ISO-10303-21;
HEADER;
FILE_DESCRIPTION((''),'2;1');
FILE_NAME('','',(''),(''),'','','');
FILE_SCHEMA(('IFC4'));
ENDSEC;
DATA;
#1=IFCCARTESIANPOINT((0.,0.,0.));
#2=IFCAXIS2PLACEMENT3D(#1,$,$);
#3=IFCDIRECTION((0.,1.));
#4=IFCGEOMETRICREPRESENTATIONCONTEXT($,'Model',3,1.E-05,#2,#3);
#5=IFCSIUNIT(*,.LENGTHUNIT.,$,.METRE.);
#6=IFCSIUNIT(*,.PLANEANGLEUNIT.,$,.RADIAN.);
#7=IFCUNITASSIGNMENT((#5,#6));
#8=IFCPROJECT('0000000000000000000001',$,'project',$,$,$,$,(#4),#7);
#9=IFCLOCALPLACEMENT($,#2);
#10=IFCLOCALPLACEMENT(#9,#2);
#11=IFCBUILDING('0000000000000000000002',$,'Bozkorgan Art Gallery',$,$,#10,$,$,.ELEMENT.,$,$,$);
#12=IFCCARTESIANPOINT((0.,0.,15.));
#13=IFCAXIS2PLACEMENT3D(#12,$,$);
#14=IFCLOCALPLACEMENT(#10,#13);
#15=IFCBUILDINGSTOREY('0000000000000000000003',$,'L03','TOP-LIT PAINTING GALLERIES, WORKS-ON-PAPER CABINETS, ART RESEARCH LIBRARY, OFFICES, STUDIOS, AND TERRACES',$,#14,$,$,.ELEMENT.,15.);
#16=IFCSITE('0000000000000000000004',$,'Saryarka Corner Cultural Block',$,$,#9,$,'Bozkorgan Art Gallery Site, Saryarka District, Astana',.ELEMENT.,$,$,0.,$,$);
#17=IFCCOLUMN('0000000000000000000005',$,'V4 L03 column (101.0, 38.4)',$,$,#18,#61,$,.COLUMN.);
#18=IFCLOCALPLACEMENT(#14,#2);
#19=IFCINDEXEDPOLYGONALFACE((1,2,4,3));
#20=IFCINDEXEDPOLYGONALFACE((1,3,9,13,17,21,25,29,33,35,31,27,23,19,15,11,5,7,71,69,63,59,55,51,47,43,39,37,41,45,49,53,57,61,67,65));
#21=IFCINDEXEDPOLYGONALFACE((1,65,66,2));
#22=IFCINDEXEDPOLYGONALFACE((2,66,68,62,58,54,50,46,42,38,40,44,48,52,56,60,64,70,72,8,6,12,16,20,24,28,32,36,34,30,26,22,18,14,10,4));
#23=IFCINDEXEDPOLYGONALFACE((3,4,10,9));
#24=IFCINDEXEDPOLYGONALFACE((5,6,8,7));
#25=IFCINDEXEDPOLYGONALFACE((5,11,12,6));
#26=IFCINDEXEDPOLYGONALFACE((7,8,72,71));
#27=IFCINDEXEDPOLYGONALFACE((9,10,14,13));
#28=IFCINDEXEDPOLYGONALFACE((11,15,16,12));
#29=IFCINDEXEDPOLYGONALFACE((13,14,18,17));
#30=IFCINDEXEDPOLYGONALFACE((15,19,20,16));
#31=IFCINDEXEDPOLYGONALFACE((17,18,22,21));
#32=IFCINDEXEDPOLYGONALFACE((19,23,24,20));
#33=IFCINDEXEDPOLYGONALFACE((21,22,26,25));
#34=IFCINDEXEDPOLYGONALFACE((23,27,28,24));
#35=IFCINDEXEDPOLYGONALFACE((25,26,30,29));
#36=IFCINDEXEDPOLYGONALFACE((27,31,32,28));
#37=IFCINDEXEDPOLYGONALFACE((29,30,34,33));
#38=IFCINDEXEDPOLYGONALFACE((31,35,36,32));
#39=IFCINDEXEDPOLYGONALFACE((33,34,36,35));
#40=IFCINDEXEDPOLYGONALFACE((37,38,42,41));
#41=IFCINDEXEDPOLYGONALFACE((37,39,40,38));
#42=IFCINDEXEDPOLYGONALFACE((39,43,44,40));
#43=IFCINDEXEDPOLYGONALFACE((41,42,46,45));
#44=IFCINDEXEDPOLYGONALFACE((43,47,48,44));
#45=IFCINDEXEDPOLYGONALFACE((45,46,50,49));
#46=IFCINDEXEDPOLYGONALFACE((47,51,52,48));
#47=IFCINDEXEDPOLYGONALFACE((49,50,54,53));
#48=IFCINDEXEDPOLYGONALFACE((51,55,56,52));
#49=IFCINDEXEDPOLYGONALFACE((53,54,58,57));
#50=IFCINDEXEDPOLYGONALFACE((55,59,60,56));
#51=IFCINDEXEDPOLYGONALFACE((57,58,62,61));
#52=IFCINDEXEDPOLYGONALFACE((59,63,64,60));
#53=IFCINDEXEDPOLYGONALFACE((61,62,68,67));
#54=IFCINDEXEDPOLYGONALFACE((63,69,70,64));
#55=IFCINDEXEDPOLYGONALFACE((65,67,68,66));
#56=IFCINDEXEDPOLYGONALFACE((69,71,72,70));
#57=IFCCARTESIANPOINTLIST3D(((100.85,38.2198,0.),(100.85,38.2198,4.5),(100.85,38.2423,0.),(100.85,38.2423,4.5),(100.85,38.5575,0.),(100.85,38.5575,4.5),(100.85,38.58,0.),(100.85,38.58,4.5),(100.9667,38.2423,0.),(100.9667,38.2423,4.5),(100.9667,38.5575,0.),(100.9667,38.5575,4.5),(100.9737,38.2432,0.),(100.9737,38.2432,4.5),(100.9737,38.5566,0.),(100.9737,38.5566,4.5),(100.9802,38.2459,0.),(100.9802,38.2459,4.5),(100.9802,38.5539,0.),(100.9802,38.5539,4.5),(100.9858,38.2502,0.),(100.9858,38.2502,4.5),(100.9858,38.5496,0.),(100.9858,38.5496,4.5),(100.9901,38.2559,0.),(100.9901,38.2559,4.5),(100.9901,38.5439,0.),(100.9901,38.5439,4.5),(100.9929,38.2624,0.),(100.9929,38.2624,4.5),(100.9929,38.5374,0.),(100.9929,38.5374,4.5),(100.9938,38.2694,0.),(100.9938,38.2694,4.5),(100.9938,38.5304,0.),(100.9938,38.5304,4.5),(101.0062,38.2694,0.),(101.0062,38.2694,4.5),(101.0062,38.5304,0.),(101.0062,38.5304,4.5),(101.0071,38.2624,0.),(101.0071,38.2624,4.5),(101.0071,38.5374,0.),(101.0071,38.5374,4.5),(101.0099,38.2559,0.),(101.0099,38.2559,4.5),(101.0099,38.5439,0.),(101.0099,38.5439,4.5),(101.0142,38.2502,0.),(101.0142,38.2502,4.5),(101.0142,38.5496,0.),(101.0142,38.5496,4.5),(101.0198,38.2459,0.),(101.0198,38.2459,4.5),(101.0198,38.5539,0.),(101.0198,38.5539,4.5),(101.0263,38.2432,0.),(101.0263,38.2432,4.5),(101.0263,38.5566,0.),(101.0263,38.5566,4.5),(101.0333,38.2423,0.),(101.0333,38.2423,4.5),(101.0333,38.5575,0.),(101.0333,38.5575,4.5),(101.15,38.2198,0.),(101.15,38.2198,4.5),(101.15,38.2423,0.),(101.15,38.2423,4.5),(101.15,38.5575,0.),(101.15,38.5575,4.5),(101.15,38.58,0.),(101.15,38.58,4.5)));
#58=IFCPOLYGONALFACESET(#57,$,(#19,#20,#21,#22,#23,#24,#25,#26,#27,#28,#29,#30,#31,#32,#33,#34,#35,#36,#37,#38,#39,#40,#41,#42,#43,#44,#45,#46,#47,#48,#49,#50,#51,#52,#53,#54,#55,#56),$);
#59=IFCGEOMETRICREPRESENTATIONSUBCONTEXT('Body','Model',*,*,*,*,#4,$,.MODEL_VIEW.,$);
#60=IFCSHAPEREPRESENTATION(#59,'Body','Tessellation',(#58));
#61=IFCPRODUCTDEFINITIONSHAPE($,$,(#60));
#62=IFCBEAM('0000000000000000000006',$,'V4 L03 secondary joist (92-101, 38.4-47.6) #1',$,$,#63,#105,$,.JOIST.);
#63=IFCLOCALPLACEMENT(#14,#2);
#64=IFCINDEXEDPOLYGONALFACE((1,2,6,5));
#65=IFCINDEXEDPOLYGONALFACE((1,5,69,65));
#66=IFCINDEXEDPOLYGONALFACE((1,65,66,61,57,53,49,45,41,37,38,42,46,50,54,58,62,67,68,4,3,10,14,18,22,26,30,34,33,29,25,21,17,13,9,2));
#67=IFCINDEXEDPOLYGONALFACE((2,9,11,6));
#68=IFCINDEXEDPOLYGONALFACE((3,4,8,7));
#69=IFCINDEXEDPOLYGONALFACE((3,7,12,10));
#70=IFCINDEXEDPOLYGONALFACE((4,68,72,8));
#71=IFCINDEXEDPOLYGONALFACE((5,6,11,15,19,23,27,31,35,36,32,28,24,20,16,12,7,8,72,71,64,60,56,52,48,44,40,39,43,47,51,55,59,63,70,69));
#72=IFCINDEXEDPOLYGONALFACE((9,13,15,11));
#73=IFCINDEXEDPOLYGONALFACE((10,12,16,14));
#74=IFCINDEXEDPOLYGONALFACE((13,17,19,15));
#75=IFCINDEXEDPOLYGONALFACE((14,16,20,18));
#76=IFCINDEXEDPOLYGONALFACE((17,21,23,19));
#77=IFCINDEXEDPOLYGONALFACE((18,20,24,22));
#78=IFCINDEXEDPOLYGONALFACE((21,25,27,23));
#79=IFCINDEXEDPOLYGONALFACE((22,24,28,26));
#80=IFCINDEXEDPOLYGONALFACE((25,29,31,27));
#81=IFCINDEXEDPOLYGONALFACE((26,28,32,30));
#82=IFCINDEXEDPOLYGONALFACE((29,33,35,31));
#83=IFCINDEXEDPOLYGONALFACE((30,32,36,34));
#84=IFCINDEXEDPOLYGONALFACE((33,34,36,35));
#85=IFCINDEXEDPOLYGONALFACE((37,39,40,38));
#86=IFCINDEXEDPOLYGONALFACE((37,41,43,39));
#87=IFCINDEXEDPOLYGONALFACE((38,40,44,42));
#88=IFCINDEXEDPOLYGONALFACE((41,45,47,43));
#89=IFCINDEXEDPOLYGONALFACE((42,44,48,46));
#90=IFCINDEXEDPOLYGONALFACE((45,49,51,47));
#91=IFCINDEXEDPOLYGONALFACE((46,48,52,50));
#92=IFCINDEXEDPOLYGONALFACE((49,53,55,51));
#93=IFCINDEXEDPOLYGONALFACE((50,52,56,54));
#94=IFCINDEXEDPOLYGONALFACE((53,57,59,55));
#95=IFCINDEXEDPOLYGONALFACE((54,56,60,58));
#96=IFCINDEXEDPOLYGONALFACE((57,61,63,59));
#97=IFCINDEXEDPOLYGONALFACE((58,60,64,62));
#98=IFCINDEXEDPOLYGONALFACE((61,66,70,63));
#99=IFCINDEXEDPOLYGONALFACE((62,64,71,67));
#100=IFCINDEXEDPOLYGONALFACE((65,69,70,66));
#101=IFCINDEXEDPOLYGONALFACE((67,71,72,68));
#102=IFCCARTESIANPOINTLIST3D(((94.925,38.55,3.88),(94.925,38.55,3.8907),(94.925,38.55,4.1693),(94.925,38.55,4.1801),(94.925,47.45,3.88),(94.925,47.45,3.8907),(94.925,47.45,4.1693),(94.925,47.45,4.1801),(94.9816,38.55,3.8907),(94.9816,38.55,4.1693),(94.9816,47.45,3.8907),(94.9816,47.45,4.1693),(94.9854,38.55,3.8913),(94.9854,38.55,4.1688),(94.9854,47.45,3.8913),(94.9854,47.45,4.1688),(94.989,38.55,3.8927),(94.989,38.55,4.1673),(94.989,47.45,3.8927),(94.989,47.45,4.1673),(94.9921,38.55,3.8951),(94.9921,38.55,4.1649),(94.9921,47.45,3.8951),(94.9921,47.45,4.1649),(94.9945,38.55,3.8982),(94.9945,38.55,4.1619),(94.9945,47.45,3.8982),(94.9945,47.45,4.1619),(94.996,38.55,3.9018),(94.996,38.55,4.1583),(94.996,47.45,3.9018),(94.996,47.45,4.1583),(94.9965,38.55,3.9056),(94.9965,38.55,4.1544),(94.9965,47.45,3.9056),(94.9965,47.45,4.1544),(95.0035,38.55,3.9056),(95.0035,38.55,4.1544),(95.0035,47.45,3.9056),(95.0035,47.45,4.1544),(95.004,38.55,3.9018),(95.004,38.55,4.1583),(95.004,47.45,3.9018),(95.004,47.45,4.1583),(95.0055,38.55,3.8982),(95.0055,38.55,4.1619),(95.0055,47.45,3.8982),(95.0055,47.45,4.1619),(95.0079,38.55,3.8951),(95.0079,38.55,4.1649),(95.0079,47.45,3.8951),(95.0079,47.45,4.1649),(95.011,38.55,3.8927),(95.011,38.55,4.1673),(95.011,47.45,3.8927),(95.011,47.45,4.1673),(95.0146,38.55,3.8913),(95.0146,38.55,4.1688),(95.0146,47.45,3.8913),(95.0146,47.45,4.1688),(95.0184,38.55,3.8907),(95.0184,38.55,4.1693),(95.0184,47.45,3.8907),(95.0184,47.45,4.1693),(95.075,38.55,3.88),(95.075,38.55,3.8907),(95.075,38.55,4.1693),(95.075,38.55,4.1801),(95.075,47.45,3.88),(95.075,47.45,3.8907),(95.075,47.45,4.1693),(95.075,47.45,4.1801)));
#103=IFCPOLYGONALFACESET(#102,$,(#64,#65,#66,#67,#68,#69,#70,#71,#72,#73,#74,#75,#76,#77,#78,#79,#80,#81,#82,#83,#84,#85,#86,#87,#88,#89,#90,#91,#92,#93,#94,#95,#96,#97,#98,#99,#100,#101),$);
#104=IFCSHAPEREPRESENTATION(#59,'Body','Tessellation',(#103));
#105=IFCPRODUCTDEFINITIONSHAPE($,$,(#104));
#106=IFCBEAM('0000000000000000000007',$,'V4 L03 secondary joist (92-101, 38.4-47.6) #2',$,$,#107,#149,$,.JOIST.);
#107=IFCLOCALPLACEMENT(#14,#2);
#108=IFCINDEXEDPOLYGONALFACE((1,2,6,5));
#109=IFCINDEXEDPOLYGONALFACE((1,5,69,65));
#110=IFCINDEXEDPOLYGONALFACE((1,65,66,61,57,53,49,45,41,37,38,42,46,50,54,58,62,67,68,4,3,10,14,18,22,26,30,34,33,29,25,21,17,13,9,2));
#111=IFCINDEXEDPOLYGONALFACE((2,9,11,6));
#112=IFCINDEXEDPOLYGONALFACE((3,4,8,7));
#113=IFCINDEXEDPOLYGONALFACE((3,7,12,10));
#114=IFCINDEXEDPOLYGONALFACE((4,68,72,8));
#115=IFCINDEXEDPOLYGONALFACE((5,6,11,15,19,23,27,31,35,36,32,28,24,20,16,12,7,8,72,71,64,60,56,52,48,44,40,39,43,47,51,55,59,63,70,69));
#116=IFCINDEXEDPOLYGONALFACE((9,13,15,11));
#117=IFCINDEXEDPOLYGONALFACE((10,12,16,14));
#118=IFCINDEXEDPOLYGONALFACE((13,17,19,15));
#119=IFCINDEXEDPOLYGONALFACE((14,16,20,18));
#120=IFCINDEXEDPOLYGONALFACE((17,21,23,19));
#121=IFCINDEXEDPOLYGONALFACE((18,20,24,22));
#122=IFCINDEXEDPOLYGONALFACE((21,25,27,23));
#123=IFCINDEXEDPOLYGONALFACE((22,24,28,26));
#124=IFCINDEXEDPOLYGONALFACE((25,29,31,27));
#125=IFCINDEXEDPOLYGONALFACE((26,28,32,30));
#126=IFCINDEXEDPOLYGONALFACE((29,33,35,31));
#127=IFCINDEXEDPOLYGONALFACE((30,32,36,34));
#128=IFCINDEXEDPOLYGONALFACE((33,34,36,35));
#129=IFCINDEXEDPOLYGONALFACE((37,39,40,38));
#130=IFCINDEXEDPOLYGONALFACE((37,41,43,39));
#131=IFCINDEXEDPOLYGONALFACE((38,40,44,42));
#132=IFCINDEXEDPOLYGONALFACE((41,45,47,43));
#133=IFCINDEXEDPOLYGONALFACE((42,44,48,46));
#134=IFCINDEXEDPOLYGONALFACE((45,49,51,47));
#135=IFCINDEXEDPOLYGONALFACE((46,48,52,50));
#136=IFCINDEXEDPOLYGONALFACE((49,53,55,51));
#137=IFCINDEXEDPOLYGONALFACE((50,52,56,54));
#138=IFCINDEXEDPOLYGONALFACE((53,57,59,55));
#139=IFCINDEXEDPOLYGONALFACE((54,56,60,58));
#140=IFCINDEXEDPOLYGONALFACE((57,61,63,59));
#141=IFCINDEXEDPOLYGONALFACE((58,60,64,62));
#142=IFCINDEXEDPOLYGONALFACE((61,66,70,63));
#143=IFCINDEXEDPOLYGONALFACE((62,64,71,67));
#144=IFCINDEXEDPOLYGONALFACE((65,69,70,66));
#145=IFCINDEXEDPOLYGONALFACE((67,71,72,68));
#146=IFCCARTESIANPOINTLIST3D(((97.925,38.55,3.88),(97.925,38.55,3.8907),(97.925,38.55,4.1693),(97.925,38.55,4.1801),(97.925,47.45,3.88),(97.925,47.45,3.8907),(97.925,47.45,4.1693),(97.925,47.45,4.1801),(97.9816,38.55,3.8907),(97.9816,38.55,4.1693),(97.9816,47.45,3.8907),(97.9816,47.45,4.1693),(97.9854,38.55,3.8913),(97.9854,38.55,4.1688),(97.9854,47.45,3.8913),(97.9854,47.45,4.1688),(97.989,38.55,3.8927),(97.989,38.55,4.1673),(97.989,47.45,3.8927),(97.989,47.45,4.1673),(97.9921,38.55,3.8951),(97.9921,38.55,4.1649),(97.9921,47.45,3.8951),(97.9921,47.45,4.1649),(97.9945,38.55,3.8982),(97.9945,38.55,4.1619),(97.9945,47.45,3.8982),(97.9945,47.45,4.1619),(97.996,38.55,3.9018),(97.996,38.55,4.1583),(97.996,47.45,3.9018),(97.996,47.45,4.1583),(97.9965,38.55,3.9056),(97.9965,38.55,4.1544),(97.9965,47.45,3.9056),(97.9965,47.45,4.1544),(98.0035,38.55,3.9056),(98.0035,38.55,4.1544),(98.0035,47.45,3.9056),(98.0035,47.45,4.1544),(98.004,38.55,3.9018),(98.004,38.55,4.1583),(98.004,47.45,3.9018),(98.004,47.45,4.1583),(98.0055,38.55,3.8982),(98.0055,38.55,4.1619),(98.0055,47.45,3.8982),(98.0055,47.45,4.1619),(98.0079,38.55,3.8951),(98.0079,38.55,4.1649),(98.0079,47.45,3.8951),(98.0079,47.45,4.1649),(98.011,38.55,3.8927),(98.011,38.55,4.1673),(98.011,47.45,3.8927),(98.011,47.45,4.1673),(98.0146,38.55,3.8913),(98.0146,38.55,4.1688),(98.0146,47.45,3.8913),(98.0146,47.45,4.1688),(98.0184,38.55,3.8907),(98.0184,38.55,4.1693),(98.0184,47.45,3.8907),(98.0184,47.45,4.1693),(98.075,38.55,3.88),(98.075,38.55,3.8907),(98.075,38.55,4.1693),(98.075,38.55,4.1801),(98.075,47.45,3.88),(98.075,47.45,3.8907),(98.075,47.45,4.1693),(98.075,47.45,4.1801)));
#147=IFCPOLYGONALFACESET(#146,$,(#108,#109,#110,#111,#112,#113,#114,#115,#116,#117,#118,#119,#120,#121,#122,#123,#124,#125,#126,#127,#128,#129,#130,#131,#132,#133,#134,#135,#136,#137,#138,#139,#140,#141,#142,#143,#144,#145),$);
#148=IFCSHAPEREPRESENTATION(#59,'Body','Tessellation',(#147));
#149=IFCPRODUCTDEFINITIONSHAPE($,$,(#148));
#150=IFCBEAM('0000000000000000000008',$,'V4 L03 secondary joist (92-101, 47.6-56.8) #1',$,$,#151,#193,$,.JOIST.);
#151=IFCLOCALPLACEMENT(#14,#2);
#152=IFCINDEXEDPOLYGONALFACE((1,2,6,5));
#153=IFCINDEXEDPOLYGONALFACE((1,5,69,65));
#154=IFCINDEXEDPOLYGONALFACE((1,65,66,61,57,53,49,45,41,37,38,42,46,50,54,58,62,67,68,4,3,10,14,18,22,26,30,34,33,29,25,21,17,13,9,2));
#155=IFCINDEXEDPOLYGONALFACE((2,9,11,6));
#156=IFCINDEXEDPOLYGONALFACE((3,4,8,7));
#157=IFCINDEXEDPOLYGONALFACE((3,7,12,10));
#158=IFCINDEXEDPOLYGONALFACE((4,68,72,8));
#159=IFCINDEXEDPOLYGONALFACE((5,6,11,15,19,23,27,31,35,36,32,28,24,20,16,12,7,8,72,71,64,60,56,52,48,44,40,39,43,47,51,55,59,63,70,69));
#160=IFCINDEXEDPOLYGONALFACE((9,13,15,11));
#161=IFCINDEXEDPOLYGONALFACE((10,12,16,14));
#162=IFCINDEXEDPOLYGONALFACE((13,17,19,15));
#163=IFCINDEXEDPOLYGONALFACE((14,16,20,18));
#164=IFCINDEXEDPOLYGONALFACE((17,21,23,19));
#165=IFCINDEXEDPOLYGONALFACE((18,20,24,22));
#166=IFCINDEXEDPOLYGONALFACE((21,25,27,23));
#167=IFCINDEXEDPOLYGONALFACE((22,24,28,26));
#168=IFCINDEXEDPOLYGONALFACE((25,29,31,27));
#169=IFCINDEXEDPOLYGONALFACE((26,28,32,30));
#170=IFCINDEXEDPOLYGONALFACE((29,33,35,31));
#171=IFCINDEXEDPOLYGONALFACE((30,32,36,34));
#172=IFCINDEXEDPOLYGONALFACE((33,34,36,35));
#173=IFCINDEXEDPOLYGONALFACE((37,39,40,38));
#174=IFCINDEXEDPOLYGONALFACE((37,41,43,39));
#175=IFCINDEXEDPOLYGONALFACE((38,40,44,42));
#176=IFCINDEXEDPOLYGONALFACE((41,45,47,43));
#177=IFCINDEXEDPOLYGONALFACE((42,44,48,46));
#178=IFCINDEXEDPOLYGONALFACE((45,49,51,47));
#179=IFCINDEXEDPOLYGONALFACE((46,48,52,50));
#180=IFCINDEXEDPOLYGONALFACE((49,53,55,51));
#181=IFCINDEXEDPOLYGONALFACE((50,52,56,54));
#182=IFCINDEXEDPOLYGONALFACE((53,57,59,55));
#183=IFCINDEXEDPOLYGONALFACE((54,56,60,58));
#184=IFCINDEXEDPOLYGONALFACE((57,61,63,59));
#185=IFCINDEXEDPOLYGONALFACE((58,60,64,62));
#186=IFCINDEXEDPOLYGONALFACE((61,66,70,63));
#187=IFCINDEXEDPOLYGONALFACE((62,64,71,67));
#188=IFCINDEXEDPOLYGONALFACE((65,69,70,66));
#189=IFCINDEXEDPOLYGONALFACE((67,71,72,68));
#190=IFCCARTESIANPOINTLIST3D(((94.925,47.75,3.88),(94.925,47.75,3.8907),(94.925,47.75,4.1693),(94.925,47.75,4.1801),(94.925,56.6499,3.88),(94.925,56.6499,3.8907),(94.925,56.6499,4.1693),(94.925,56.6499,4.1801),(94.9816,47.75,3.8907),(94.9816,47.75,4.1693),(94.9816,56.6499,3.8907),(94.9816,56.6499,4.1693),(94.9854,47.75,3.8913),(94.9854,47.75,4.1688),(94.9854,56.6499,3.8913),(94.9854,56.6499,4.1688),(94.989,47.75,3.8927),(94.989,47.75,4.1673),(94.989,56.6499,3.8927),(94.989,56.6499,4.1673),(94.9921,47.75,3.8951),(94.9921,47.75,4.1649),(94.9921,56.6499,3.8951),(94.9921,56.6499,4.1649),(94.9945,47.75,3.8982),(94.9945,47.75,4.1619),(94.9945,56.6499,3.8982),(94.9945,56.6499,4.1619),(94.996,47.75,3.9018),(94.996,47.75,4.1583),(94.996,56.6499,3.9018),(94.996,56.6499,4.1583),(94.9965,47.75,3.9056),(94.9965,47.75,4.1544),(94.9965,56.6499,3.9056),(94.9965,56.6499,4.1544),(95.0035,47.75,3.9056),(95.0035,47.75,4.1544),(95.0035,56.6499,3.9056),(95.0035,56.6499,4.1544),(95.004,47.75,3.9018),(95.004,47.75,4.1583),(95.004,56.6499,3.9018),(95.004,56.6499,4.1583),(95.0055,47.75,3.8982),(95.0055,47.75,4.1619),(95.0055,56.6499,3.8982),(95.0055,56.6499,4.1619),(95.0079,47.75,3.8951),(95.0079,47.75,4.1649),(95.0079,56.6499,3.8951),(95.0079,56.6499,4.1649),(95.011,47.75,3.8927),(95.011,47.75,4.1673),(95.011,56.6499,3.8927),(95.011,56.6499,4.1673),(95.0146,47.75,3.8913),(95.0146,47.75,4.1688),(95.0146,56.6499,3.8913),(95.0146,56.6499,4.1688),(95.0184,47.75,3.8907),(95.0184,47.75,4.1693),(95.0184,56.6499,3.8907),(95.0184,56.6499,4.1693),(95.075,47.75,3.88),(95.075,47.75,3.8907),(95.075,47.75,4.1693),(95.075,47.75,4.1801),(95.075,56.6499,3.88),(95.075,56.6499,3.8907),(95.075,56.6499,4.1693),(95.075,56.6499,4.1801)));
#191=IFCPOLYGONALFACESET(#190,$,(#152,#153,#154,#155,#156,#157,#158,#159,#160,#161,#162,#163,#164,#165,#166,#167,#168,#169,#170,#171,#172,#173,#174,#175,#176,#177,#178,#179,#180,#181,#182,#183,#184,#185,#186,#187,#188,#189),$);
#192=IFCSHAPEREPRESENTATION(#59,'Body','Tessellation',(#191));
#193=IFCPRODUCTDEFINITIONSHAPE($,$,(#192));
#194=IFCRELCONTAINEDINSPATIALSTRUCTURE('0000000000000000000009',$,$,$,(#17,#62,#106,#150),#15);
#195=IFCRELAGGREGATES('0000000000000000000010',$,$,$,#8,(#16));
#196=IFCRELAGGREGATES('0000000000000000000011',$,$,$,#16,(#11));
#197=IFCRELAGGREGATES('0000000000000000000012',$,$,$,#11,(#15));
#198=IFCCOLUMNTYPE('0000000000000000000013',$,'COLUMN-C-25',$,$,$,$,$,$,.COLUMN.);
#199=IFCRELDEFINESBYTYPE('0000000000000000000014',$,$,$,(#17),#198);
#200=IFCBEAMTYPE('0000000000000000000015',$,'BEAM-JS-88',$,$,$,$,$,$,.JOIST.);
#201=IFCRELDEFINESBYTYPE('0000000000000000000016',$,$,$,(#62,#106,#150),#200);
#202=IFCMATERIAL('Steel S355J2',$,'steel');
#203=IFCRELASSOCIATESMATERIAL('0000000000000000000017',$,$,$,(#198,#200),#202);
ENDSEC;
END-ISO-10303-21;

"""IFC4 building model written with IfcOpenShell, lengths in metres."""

from ifc_helpers import new_model, si_unit, direction, frame, origin, origin_2d, place, context, subcontext, project, spatial, i_section, extrude, material, material_profile, profile_set, type_object, element, save


model = new_model("IFC4")

# Units and contexts
model_context = context("Model", 3, precision=1e-05, world=origin(), true_north=direction((0.0, 1.0)))
body_context = subcontext(model_context, "Body", "Model", "MODEL_VIEW")
ifc_project = project(units=[si_unit("LENGTHUNIT", "METRE"), si_unit("PLANEANGLEUNIT", "RADIAN")], contexts=[model_context])

# Site, building, storey
site_placement = place(None, origin())
site = spatial("IfcSite", under=ifc_project, at=site_placement, Name="Saryarka Corner Cultural Block", LongName="Bozkorgan Art Gallery Site, Saryarka District, Astana", CompositionType="ELEMENT", RefElevation=0.0)
building_placement = place(site_placement, origin())
building = spatial("IfcBuilding", under=site, at=building_placement, Name="Bozkorgan Art Gallery", CompositionType="ELEMENT")
storey_placement = place(building_placement, frame((0.0, 0.0, 15.0)))
storey = spatial("IfcBuildingStorey", under=building, at=storey_placement, Name="L03", Description="TOP-LIT PAINTING GALLERIES, WORKS-ON-PAPER CABINETS, ART RESEARCH LIBRARY, OFFICES, STUDIOS, AND TERRACES", CompositionType="ELEMENT", Elevation=15.0)

# Column
ifc_material_1 = material(Name="Steel S355J2", Category="steel")
ifc_material_profile_1 = material_profile(ifc_material_1, i_section(OverallWidth=0.3, OverallDepth=0.3601, WebThickness=0.0125, FlangeThickness=0.0225, FilletRadius=0.0271, at=origin_2d()), Name="HEB 360")
ifc_profile_set_1 = profile_set([ifc_material_profile_1], Name="Steel S355J2")
column_type = type_object("IfcColumnType", Name="COLUMN-C-25", PredefinedType="COLUMN", material=ifc_profile_set_1)
column_placement = place(storey_placement, frame((101.0, 38.3999, 0.0), z_axis=(0.0, 0.0, 1.0), x_axis=(1.0, 0.0, 0.0)))
element("IfcColumn", 1, at=column_placement, inside=storey, type_object=column_type, Name="V4 L03 column (101.0, 38.4)", PredefinedType="COLUMN", context=body_context, shape_type="SweptSolid", body=[
    extrude(i_section(OverallWidth=0.3, OverallDepth=0.3601, WebThickness=0.0125, FlangeThickness=0.0225, FilletRadius=0.0271, at=origin_2d()), origin(), (0.0, 0.0, 1.0), 4.5),
])

# Beams
ifc_material_profile_2 = material_profile(ifc_material_1, i_section(OverallWidth=0.1499, OverallDepth=0.3, WebThickness=0.0071, FlangeThickness=0.0107, FilletRadius=0.0149, at=origin_2d()), Name="IPE 300")
ifc_profile_set_2 = profile_set([ifc_material_profile_2], Name="Steel S355J2")
beam_type_1 = type_object("IfcBeamType", Name="BEAM-JS-88", PredefinedType="JOIST", material=ifc_profile_set_2)
for number, where, z_axis, x_axis, name in (
    (2, (95.0, 38.55, 4.03), (0.0, 1.0, 0.0), (-1.0, 0.0, 0.0), "V4 L03 secondary joist (92-101, 38.4-47.6) #1"),
    (3, (98.0, 38.55, 4.03), (0.0, 1.0, 0.0), (-1.0, 0.0, 0.0), "V4 L03 secondary joist (92-101, 38.4-47.6) #2"),
    (4, (95.0, 47.75, 4.03), (0.0, 1.0, 0.0), (-1.0, 0.0, 0.0), "V4 L03 secondary joist (92-101, 47.6-56.8) #1"),
):
    element("IfcBeam", number, at=place(storey_placement, frame(where, z_axis=z_axis, x_axis=x_axis)), inside=storey, type_object=beam_type_1, Name=name, PredefinedType="JOIST", context=body_context, shape_type="SweptSolid", body=[
        extrude(i_section(OverallWidth=0.1499, OverallDepth=0.3, WebThickness=0.0071, FlangeThickness=0.0107, FilletRadius=0.0149, at=origin_2d()), origin(), (0.0, 0.0, 1.0), 8.8999),
    ])

save(model, "model.ifc")
